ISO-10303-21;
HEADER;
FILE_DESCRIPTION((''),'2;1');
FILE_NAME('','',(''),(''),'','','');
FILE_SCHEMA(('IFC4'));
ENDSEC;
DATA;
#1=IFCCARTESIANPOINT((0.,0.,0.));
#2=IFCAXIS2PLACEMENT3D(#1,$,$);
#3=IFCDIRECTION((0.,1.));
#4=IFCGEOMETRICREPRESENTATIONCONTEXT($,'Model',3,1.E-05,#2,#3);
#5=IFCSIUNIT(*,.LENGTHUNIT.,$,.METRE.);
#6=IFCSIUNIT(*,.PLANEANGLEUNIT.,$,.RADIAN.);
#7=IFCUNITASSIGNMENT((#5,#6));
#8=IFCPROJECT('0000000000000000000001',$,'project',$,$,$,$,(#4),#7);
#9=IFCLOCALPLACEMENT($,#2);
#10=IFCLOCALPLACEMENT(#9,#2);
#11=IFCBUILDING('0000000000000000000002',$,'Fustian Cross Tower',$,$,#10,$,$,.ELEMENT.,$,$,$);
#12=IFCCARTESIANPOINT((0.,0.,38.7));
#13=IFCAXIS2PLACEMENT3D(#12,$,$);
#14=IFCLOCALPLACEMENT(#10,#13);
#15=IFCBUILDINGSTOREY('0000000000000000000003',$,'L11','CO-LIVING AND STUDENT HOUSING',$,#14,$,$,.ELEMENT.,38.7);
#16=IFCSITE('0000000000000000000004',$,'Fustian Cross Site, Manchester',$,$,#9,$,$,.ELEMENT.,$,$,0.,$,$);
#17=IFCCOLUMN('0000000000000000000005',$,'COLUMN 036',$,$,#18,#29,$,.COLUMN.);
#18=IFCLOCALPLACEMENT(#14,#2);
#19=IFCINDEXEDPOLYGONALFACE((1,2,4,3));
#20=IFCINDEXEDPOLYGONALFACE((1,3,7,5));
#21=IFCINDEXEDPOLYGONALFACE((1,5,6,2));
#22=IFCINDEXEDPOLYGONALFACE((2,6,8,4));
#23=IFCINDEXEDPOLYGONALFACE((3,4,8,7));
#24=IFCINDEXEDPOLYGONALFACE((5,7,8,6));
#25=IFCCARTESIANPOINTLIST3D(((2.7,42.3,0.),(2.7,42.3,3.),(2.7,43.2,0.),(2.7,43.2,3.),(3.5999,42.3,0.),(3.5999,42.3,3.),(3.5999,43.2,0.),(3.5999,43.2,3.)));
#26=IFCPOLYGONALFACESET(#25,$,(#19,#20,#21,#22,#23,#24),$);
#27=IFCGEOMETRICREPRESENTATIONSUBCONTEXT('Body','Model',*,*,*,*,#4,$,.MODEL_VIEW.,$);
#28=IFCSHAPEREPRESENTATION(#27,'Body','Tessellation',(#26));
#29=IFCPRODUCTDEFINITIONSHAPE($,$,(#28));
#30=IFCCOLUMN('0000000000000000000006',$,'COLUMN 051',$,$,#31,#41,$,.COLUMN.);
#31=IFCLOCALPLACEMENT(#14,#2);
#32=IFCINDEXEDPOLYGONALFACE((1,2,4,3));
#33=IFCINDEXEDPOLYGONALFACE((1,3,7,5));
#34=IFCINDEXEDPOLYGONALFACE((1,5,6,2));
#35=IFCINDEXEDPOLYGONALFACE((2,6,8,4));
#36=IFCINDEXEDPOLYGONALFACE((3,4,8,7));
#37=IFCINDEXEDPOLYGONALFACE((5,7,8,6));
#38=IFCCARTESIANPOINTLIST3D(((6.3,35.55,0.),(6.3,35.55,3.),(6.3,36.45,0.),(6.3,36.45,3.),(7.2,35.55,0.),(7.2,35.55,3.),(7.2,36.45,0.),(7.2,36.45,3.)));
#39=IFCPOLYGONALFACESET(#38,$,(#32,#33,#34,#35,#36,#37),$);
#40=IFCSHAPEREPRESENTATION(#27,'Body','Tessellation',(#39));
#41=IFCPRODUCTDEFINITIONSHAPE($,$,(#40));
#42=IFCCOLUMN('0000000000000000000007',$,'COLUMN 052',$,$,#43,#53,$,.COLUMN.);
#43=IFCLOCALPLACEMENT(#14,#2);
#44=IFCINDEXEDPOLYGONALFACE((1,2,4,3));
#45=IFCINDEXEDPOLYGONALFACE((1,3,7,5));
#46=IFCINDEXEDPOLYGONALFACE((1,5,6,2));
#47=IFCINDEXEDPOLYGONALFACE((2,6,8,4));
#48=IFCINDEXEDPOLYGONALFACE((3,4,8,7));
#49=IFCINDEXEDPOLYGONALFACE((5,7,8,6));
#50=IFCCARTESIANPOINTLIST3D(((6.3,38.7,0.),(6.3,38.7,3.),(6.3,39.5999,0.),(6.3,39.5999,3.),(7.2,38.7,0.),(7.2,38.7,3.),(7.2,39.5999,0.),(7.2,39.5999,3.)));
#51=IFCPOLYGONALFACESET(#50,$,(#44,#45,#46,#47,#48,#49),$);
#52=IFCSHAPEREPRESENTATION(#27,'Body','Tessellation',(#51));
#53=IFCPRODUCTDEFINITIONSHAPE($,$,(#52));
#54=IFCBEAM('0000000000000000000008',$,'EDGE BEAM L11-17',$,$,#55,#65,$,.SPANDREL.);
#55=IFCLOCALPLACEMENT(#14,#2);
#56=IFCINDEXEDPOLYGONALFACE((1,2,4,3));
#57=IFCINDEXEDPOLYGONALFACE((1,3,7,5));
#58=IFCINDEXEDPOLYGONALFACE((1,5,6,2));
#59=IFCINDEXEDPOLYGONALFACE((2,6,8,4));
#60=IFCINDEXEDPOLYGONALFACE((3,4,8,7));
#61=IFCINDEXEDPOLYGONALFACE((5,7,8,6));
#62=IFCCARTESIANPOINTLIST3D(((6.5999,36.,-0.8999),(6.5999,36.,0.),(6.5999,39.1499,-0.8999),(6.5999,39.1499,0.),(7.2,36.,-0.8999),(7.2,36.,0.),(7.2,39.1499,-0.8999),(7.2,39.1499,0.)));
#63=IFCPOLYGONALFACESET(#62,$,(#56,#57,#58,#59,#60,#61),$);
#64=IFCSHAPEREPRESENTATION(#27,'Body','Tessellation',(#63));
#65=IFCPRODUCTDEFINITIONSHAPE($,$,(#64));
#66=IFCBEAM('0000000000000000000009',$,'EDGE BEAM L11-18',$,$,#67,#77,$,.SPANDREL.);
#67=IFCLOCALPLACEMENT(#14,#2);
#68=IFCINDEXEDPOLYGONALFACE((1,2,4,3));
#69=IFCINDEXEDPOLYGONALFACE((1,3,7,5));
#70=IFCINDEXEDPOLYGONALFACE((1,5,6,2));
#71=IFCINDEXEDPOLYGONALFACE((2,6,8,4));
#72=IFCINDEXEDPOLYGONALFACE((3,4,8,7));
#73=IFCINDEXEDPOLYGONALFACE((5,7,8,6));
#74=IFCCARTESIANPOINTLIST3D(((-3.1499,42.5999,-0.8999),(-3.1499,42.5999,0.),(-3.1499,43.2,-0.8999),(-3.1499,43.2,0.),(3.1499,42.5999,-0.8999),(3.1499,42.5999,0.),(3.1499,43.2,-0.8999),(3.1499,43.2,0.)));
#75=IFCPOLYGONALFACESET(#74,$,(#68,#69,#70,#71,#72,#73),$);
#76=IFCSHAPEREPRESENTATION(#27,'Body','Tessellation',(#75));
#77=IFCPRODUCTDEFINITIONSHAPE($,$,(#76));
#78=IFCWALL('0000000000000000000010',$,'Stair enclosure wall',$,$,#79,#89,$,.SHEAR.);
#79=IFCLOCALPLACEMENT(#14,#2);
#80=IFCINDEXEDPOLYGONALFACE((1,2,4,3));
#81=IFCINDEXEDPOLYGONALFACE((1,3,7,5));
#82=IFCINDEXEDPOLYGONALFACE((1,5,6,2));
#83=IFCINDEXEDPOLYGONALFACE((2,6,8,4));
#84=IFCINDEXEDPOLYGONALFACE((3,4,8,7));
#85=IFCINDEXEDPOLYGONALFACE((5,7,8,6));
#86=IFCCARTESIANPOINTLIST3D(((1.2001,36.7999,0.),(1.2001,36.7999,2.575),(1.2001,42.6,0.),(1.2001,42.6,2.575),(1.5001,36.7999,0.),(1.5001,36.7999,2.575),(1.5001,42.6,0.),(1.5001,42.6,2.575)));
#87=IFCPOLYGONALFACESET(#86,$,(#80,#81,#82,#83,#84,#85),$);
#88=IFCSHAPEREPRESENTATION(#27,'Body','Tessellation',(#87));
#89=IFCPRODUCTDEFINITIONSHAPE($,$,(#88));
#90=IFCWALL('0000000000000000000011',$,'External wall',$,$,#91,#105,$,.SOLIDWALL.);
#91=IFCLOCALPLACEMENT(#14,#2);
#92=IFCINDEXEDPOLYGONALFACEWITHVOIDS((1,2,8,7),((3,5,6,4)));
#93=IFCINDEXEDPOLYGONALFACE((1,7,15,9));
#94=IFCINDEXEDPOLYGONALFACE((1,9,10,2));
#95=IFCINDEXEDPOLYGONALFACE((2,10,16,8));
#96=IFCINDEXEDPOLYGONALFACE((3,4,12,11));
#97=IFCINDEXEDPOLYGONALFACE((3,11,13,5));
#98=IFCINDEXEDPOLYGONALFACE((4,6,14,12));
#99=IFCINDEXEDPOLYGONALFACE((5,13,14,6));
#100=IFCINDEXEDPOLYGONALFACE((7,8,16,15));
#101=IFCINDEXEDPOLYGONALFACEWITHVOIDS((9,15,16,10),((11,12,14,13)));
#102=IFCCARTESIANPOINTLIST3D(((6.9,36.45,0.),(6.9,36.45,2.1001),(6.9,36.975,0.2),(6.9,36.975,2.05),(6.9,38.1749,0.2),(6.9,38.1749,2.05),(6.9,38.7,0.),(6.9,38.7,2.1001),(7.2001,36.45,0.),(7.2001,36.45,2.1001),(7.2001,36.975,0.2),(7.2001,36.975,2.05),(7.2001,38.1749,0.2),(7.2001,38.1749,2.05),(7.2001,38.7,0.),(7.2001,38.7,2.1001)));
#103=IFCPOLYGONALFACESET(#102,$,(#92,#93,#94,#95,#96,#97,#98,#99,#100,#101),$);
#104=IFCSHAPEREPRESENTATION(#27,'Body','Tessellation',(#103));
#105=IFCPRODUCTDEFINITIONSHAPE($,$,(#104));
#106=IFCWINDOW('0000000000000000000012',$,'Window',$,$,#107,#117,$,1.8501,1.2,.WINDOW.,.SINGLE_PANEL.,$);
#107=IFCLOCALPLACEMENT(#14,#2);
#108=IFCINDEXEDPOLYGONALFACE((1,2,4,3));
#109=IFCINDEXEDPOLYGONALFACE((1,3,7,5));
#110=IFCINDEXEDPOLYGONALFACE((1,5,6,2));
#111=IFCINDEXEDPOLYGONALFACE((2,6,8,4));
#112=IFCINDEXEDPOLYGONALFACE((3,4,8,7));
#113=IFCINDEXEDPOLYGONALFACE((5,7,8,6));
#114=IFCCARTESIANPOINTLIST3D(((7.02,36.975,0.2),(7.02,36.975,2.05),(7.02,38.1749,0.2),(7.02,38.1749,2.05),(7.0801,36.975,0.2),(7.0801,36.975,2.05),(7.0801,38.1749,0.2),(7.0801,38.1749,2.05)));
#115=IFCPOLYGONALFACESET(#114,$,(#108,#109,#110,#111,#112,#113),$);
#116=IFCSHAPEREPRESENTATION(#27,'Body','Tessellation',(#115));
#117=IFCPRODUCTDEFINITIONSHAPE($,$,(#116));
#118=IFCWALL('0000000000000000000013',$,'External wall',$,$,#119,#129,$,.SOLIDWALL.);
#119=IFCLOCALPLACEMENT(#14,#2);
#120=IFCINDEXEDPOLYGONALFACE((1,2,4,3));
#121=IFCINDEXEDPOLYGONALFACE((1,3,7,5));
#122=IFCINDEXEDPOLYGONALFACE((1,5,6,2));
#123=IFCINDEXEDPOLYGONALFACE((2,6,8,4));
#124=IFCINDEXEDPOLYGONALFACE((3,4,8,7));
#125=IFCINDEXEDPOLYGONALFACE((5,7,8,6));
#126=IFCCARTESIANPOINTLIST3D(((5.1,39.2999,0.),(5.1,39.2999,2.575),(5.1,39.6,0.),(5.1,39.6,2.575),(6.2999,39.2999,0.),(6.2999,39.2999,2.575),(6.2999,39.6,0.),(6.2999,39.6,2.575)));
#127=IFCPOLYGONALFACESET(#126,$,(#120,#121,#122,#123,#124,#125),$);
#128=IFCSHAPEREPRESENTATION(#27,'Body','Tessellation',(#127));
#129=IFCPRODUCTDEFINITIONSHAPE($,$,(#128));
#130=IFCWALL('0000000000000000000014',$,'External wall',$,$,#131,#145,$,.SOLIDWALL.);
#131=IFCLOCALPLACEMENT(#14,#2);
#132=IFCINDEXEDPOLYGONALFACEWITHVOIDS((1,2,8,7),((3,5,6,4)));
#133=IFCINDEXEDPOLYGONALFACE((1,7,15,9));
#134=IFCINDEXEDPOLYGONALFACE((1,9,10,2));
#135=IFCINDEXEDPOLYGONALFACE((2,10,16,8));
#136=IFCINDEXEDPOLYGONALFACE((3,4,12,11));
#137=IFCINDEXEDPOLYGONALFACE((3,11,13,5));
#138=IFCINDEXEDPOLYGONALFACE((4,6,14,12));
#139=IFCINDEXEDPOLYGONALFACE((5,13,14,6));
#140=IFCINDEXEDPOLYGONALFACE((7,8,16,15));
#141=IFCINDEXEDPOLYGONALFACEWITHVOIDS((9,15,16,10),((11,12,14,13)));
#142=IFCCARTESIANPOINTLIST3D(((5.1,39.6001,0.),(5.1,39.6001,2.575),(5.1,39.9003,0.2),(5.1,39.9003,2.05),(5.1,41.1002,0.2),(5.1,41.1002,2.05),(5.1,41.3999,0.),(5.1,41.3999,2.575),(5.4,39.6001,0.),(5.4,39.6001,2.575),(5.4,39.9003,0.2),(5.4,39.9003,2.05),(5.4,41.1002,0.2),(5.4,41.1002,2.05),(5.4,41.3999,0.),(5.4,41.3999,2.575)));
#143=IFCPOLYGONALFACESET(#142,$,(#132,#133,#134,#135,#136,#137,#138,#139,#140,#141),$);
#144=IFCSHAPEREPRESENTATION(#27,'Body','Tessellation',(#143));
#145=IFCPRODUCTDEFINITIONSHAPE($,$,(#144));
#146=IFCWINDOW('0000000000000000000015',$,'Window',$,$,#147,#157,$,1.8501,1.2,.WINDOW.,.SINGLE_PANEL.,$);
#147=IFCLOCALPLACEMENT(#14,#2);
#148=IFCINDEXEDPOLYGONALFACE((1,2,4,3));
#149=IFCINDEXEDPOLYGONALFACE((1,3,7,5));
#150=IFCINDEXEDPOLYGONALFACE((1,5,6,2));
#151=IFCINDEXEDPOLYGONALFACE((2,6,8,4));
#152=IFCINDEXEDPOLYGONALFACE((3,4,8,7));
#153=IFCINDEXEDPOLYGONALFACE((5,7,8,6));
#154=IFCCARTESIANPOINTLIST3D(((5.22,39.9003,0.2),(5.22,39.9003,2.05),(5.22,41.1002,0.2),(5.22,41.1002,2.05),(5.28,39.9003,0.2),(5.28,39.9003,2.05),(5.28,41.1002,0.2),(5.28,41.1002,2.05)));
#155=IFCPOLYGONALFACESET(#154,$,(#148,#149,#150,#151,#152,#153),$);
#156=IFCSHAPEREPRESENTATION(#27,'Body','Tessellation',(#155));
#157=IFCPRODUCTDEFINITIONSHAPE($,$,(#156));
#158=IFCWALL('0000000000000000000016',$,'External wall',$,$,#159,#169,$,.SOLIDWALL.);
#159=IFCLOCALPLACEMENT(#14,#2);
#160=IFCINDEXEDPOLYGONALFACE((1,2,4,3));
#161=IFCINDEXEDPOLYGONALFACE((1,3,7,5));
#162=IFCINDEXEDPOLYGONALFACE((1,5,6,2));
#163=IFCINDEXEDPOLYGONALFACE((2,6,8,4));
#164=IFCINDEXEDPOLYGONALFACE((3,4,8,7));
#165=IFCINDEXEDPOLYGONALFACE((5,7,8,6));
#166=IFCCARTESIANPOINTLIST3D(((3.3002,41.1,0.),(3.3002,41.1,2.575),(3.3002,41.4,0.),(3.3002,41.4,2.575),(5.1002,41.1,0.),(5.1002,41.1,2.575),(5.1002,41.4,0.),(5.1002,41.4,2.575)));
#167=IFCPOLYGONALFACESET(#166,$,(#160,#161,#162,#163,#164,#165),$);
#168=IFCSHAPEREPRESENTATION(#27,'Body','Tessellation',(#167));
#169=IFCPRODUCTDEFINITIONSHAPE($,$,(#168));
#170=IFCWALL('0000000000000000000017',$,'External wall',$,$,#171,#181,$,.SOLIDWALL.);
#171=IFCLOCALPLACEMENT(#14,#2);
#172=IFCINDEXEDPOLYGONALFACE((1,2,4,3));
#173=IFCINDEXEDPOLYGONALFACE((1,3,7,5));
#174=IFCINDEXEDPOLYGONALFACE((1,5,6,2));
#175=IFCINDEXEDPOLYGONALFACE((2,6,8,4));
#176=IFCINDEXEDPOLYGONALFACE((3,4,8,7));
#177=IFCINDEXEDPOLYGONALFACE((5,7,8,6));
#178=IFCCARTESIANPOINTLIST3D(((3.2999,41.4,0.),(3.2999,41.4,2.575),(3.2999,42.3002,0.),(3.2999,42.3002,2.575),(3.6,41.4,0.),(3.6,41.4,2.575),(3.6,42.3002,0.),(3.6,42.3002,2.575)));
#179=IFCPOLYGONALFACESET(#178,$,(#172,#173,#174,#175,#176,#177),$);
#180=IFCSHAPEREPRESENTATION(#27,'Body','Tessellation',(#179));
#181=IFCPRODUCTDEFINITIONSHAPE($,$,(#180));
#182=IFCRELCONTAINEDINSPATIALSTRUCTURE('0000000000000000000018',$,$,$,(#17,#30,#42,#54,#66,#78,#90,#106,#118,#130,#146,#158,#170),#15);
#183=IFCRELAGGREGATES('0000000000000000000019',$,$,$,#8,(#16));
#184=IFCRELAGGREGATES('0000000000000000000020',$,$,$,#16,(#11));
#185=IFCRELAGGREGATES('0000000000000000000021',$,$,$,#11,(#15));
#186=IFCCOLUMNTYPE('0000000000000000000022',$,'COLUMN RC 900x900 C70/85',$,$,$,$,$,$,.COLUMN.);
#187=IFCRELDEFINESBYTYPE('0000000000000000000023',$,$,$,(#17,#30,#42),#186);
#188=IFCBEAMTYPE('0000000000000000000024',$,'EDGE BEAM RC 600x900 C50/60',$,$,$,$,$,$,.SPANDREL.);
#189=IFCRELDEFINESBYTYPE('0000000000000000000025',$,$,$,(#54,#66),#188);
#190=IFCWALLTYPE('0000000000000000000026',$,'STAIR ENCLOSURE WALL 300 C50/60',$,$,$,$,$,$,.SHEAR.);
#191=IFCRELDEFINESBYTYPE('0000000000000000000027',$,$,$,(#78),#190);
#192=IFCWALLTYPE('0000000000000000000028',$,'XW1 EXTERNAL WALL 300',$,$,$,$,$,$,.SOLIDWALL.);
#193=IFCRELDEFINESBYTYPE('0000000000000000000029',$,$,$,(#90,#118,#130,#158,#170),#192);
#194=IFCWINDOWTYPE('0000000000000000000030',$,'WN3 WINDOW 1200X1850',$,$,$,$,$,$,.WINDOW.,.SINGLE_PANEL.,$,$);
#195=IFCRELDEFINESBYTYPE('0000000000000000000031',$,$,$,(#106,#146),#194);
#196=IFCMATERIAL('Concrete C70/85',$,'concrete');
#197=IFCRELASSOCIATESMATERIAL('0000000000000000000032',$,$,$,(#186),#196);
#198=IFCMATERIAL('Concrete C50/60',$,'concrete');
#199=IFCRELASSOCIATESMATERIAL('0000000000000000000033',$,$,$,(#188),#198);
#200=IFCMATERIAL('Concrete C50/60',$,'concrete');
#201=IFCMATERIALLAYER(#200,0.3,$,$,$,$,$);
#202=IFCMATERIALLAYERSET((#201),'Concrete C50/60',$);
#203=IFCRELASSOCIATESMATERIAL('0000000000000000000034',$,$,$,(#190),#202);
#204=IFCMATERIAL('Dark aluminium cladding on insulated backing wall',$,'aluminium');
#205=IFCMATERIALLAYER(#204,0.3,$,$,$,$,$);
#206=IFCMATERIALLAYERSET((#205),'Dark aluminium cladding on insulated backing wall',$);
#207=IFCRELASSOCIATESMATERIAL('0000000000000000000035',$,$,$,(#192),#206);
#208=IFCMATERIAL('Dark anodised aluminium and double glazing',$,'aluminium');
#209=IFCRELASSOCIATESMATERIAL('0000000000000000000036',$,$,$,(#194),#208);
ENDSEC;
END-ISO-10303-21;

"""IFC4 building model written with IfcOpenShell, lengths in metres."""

from ifc_helpers import new_model, si_unit, direction, frame, frame_2d, origin, origin_2d, place, context, subcontext, project, spatial, rectangle, extrude, material, layer, layer_set, material_profile, profile_set, type_object, element, fill, save


model = new_model("IFC4")

# Units and contexts
model_context = context("Model", 3, precision=1e-05, world=origin(), true_north=direction((0.0, 1.0)))
body_context = subcontext(model_context, "Body", "Model", "MODEL_VIEW")
ifc_project = project(units=[si_unit("LENGTHUNIT", "METRE"), si_unit("PLANEANGLEUNIT", "RADIAN")], contexts=[model_context])

# Site, building, storey
site_placement = place(None, origin())
site = spatial("IfcSite", under=ifc_project, at=site_placement, Name="Fustian Cross Site, Manchester", CompositionType="ELEMENT", RefElevation=0.0)
building_placement = place(site_placement, origin())
building = spatial("IfcBuilding", under=site, at=building_placement, Name="Fustian Cross Tower", CompositionType="ELEMENT")
storey_placement = place(building_placement, frame((0.0, 0.0, 38.7)))
storey = spatial("IfcBuildingStorey", under=building, at=storey_placement, Name="L11", Description="CO-LIVING AND STUDENT HOUSING", CompositionType="ELEMENT", Elevation=38.7)

# Columns
ifc_material_1 = material(Name="Concrete C70/85", Category="concrete")
ifc_material_profile_1 = material_profile(ifc_material_1, rectangle(XDim=0.8999, YDim=0.8999, at=origin_2d()), Name="RC 900x900")
ifc_profile_set_1 = profile_set([ifc_material_profile_1], Name="Concrete C70/85")
column_type = type_object("IfcColumnType", Name="COLUMN RC 900x900 C70/85", PredefinedType="COLUMN", material=ifc_profile_set_1)
for number, where, z_axis, x_axis, name in (
    (1, (3.1499, 42.75, 0.0), (0.0, 0.0, 1.0), (1.0, 0.0, 0.0), "COLUMN 036"),
    (2, (6.75, 36.0, 0.0), (0.0, 0.0, 1.0), (1.0, 0.0, 0.0), "COLUMN 051"),
    (3, (6.75, 39.1499, 0.0), (0.0, 0.0, 1.0), (1.0, 0.0, 0.0), "COLUMN 052"),
):
    element("IfcColumn", number, at=place(storey_placement, frame(where, z_axis=z_axis, x_axis=x_axis)), inside=storey, type_object=column_type, Name=name, PredefinedType="COLUMN", context=body_context, shape_type="SweptSolid", body=[
        extrude(rectangle(XDim=0.8999, YDim=0.8999, at=origin_2d()), origin(), (0.0, 0.0, 1.0), 3.0),
    ])

# Beams
ifc_material_2 = material(Name="Concrete C50/60", Category="concrete")
ifc_material_profile_2 = material_profile(ifc_material_2, rectangle(XDim=0.6001, YDim=0.8999, at=origin_2d()), Name="RC 600x900")
ifc_profile_set_2 = profile_set([ifc_material_profile_2], Name="Concrete C50/60")
beam_type = type_object("IfcBeamType", Name="EDGE BEAM RC 600x900 C50/60", PredefinedType="SPANDREL", material=ifc_profile_set_2)
beam_1_placement = place(storey_placement, frame((6.8999, 36.0, -0.45), z_axis=(0.0, 1.0, 0.0), x_axis=(-1.0, 0.0, 0.0)))
element("IfcBeam", 4, at=beam_1_placement, inside=storey, type_object=beam_type, Name="EDGE BEAM L11-17", PredefinedType="SPANDREL", context=body_context, shape_type="SweptSolid", body=[
    extrude(rectangle(XDim=0.6001, YDim=0.8999, at=origin_2d()), origin(), (0.0, 0.0, 1.0), 3.1499),
])
beam_2_placement = place(storey_placement, frame((3.1499, 42.8999, -0.45), z_axis=(-1.0, 0.0, 0.0), x_axis=(0.0, -1.0, 0.0)))
element("IfcBeam", 5, at=beam_2_placement, inside=storey, type_object=beam_type, Name="EDGE BEAM L11-18", PredefinedType="SPANDREL", context=body_context, shape_type="SweptSolid", body=[
    extrude(rectangle(XDim=0.6001, YDim=0.8999, at=origin_2d()), origin(), (0.0, 0.0, 1.0), 6.2998),
])

# Wall
ifc_material_3 = material(Name="Concrete C50/60", Category="concrete")
ifc_layer_1 = layer(ifc_material_3, 0.3)
ifc_layer_set_1 = layer_set([ifc_layer_1], Name="Concrete C50/60")
wall_type_1 = type_object("IfcWallType", Name="STAIR ENCLOSURE WALL 300 C50/60", PredefinedType="SHEAR", material=ifc_layer_set_1)
wall_1_placement = place(storey_placement, frame((1.3501, 36.8, 0.0), z_axis=(0.0, 0.0, 1.0), x_axis=(0.0, 1.0, 0.0)))
element("IfcWall", 6, at=wall_1_placement, inside=storey, type_object=wall_type_1, Name="Stair enclosure wall", PredefinedType="SHEAR", context=body_context, shape_type="SweptSolid", body=[
    extrude(rectangle(XDim=5.8, YDim=0.3, at=frame_2d((2.8999, 0.0))), origin(), (0.0, 0.0, 1.0), 2.575),
])

# Wall, opening, window
ifc_material_4 = material(Name="Dark aluminium cladding on insulated backing wall", Category="aluminium")
ifc_layer_2 = layer(ifc_material_4, 0.3)
ifc_layer_set_2 = layer_set([ifc_layer_2], Name="Dark aluminium cladding on insulated backing wall")
wall_type_2 = type_object("IfcWallType", Name="XW1 EXTERNAL WALL 300", PredefinedType="SOLIDWALL", material=ifc_layer_set_2)
wall_2_placement = place(storey_placement, frame((7.05, 36.45, 0.0), z_axis=(0.0, 0.0, 1.0), x_axis=(0.0, 1.0, 0.0)))
wall_2 = element("IfcWall", 7, at=wall_2_placement, inside=storey, type_object=wall_type_2, Name="External wall", PredefinedType="SOLIDWALL", context=body_context, shape_type="SweptSolid", body=[
    extrude(rectangle(XDim=2.25, YDim=0.3, at=frame_2d((1.125, 0.0))), origin(), (0.0, 0.0, 1.0), 2.1001),
])
opening_1_placement = place(wall_2_placement, frame((0.5249, 0.0, 0.2)))
opening_1 = element("IfcOpeningElement", 8, at=opening_1_placement, cuts=wall_2, PredefinedType="OPENING", context=body_context, shape_type="SweptSolid", body=[
    extrude(rectangle(XDim=1.2, YDim=1.8501, at=frame_2d((0.6001, 0.925))), frame((0.0, 0.1599, 0.0), z_axis=(0.0, -1.0, 0.0), x_axis=(1.0, 0.0, 0.0)), (0.0, 0.0, 1.0), 0.3201),
])
ifc_material_5 = material(Name="Dark anodised aluminium and double glazing", Category="aluminium")
window_type_1 = type_object("IfcWindowType", Name="WN3 WINDOW 1200X1850", PartitioningType="SINGLE_PANEL", PredefinedType="WINDOW", material=ifc_material_5)
window_1_placement = place(opening_1_placement, origin())
window_1 = element("IfcWindow", 9, at=window_1_placement, inside=storey, type_object=window_type_1, Name="Window", OverallHeight=1.8501, OverallWidth=1.2, PartitioningType="SINGLE_PANEL", PredefinedType="WINDOW", context=body_context, shape_type="SweptSolid", body=[
    extrude(rectangle(XDim=1.2, YDim=1.8501, at=frame_2d((0.6001, 0.925))), frame((0.0, 0.03, 0.0), z_axis=(0.0, -1.0, 0.0), x_axis=(1.0, 0.0, 0.0)), (0.0, 0.0, 1.0), 0.0601),
])
fill(opening_1, window_1)

# Wall
wall_3_placement = place(storey_placement, frame((6.3, 39.45, 0.0), z_axis=(0.0, 0.0, 1.0), x_axis=(-1.0, 0.0, 0.0)))
element("IfcWall", 10, at=wall_3_placement, inside=storey, type_object=wall_type_2, Name="External wall", PredefinedType="SOLIDWALL", context=body_context, shape_type="SweptSolid", body=[
    extrude(rectangle(XDim=1.2, YDim=0.3, at=frame_2d((0.6001, 0.0))), origin(), (0.0, 0.0, 1.0), 2.575),
])

# Wall, opening, window
wall_4_placement = place(storey_placement, frame((5.25, 39.6001, 0.0), z_axis=(0.0, 0.0, 1.0), x_axis=(0.0, 1.0, 0.0)))
wall_4 = element("IfcWall", 11, at=wall_4_placement, inside=storey, type_object=wall_type_2, Name="External wall", PredefinedType="SOLIDWALL", context=body_context, shape_type="SweptSolid", body=[
    extrude(rectangle(XDim=1.7998, YDim=0.3, at=frame_2d((0.8999, 0.0))), origin(), (0.0, 0.0, 1.0), 2.575),
])
opening_2_placement = place(wall_4_placement, frame((0.3, 0.0, 0.2)))
opening_2 = element("IfcOpeningElement", 12, at=opening_2_placement, cuts=wall_4, PredefinedType="OPENING", context=body_context, shape_type="SweptSolid", body=[
    extrude(rectangle(XDim=1.2, YDim=1.8501, at=frame_2d((0.6001, 0.925))), frame((0.0, 0.1599, 0.0), z_axis=(0.0, -1.0, 0.0), x_axis=(1.0, 0.0, 0.0)), (0.0, 0.0, 1.0), 0.3201),
])
window_2_placement = place(opening_2_placement, origin())
window_2 = element("IfcWindow", 13, at=window_2_placement, inside=storey, type_object=window_type_1, Name="Window", OverallHeight=1.8501, OverallWidth=1.2, PartitioningType="SINGLE_PANEL", PredefinedType="WINDOW", context=body_context, shape_type="SweptSolid", body=[
    extrude(rectangle(XDim=1.2, YDim=1.8501, at=frame_2d((0.6001, 0.925))), frame((0.0, 0.03, 0.0), z_axis=(0.0, -1.0, 0.0), x_axis=(1.0, 0.0, 0.0)), (0.0, 0.0, 1.0), 0.0601),
])
fill(opening_2, window_2)

# Walls
wall_5_placement = place(storey_placement, frame((5.1001, 41.25, 0.0), z_axis=(0.0, 0.0, 1.0), x_axis=(-1.0, 0.0, 0.0)))
element("IfcWall", 14, at=wall_5_placement, inside=storey, type_object=wall_type_2, Name="External wall", PredefinedType="SOLIDWALL", context=body_context, shape_type="SweptSolid", body=[
    extrude(rectangle(XDim=1.8, YDim=0.3, at=frame_2d((0.8999, 0.0))), origin(), (0.0, 0.0, 1.0), 2.575),
])
wall_6_placement = place(storey_placement, frame((3.45, 41.3999, 0.0), z_axis=(0.0, 0.0, 1.0), x_axis=(0.0, 1.0, 0.0)))
element("IfcWall", 15, at=wall_6_placement, inside=storey, type_object=wall_type_2, Name="External wall", PredefinedType="SOLIDWALL", context=body_context, shape_type="SweptSolid", body=[
    extrude(rectangle(XDim=0.9001, YDim=0.3, at=frame_2d((0.4502, 0.0))), origin(), (0.0, 0.0, 1.0), 2.575),
])

save(model, "model.ifc")
